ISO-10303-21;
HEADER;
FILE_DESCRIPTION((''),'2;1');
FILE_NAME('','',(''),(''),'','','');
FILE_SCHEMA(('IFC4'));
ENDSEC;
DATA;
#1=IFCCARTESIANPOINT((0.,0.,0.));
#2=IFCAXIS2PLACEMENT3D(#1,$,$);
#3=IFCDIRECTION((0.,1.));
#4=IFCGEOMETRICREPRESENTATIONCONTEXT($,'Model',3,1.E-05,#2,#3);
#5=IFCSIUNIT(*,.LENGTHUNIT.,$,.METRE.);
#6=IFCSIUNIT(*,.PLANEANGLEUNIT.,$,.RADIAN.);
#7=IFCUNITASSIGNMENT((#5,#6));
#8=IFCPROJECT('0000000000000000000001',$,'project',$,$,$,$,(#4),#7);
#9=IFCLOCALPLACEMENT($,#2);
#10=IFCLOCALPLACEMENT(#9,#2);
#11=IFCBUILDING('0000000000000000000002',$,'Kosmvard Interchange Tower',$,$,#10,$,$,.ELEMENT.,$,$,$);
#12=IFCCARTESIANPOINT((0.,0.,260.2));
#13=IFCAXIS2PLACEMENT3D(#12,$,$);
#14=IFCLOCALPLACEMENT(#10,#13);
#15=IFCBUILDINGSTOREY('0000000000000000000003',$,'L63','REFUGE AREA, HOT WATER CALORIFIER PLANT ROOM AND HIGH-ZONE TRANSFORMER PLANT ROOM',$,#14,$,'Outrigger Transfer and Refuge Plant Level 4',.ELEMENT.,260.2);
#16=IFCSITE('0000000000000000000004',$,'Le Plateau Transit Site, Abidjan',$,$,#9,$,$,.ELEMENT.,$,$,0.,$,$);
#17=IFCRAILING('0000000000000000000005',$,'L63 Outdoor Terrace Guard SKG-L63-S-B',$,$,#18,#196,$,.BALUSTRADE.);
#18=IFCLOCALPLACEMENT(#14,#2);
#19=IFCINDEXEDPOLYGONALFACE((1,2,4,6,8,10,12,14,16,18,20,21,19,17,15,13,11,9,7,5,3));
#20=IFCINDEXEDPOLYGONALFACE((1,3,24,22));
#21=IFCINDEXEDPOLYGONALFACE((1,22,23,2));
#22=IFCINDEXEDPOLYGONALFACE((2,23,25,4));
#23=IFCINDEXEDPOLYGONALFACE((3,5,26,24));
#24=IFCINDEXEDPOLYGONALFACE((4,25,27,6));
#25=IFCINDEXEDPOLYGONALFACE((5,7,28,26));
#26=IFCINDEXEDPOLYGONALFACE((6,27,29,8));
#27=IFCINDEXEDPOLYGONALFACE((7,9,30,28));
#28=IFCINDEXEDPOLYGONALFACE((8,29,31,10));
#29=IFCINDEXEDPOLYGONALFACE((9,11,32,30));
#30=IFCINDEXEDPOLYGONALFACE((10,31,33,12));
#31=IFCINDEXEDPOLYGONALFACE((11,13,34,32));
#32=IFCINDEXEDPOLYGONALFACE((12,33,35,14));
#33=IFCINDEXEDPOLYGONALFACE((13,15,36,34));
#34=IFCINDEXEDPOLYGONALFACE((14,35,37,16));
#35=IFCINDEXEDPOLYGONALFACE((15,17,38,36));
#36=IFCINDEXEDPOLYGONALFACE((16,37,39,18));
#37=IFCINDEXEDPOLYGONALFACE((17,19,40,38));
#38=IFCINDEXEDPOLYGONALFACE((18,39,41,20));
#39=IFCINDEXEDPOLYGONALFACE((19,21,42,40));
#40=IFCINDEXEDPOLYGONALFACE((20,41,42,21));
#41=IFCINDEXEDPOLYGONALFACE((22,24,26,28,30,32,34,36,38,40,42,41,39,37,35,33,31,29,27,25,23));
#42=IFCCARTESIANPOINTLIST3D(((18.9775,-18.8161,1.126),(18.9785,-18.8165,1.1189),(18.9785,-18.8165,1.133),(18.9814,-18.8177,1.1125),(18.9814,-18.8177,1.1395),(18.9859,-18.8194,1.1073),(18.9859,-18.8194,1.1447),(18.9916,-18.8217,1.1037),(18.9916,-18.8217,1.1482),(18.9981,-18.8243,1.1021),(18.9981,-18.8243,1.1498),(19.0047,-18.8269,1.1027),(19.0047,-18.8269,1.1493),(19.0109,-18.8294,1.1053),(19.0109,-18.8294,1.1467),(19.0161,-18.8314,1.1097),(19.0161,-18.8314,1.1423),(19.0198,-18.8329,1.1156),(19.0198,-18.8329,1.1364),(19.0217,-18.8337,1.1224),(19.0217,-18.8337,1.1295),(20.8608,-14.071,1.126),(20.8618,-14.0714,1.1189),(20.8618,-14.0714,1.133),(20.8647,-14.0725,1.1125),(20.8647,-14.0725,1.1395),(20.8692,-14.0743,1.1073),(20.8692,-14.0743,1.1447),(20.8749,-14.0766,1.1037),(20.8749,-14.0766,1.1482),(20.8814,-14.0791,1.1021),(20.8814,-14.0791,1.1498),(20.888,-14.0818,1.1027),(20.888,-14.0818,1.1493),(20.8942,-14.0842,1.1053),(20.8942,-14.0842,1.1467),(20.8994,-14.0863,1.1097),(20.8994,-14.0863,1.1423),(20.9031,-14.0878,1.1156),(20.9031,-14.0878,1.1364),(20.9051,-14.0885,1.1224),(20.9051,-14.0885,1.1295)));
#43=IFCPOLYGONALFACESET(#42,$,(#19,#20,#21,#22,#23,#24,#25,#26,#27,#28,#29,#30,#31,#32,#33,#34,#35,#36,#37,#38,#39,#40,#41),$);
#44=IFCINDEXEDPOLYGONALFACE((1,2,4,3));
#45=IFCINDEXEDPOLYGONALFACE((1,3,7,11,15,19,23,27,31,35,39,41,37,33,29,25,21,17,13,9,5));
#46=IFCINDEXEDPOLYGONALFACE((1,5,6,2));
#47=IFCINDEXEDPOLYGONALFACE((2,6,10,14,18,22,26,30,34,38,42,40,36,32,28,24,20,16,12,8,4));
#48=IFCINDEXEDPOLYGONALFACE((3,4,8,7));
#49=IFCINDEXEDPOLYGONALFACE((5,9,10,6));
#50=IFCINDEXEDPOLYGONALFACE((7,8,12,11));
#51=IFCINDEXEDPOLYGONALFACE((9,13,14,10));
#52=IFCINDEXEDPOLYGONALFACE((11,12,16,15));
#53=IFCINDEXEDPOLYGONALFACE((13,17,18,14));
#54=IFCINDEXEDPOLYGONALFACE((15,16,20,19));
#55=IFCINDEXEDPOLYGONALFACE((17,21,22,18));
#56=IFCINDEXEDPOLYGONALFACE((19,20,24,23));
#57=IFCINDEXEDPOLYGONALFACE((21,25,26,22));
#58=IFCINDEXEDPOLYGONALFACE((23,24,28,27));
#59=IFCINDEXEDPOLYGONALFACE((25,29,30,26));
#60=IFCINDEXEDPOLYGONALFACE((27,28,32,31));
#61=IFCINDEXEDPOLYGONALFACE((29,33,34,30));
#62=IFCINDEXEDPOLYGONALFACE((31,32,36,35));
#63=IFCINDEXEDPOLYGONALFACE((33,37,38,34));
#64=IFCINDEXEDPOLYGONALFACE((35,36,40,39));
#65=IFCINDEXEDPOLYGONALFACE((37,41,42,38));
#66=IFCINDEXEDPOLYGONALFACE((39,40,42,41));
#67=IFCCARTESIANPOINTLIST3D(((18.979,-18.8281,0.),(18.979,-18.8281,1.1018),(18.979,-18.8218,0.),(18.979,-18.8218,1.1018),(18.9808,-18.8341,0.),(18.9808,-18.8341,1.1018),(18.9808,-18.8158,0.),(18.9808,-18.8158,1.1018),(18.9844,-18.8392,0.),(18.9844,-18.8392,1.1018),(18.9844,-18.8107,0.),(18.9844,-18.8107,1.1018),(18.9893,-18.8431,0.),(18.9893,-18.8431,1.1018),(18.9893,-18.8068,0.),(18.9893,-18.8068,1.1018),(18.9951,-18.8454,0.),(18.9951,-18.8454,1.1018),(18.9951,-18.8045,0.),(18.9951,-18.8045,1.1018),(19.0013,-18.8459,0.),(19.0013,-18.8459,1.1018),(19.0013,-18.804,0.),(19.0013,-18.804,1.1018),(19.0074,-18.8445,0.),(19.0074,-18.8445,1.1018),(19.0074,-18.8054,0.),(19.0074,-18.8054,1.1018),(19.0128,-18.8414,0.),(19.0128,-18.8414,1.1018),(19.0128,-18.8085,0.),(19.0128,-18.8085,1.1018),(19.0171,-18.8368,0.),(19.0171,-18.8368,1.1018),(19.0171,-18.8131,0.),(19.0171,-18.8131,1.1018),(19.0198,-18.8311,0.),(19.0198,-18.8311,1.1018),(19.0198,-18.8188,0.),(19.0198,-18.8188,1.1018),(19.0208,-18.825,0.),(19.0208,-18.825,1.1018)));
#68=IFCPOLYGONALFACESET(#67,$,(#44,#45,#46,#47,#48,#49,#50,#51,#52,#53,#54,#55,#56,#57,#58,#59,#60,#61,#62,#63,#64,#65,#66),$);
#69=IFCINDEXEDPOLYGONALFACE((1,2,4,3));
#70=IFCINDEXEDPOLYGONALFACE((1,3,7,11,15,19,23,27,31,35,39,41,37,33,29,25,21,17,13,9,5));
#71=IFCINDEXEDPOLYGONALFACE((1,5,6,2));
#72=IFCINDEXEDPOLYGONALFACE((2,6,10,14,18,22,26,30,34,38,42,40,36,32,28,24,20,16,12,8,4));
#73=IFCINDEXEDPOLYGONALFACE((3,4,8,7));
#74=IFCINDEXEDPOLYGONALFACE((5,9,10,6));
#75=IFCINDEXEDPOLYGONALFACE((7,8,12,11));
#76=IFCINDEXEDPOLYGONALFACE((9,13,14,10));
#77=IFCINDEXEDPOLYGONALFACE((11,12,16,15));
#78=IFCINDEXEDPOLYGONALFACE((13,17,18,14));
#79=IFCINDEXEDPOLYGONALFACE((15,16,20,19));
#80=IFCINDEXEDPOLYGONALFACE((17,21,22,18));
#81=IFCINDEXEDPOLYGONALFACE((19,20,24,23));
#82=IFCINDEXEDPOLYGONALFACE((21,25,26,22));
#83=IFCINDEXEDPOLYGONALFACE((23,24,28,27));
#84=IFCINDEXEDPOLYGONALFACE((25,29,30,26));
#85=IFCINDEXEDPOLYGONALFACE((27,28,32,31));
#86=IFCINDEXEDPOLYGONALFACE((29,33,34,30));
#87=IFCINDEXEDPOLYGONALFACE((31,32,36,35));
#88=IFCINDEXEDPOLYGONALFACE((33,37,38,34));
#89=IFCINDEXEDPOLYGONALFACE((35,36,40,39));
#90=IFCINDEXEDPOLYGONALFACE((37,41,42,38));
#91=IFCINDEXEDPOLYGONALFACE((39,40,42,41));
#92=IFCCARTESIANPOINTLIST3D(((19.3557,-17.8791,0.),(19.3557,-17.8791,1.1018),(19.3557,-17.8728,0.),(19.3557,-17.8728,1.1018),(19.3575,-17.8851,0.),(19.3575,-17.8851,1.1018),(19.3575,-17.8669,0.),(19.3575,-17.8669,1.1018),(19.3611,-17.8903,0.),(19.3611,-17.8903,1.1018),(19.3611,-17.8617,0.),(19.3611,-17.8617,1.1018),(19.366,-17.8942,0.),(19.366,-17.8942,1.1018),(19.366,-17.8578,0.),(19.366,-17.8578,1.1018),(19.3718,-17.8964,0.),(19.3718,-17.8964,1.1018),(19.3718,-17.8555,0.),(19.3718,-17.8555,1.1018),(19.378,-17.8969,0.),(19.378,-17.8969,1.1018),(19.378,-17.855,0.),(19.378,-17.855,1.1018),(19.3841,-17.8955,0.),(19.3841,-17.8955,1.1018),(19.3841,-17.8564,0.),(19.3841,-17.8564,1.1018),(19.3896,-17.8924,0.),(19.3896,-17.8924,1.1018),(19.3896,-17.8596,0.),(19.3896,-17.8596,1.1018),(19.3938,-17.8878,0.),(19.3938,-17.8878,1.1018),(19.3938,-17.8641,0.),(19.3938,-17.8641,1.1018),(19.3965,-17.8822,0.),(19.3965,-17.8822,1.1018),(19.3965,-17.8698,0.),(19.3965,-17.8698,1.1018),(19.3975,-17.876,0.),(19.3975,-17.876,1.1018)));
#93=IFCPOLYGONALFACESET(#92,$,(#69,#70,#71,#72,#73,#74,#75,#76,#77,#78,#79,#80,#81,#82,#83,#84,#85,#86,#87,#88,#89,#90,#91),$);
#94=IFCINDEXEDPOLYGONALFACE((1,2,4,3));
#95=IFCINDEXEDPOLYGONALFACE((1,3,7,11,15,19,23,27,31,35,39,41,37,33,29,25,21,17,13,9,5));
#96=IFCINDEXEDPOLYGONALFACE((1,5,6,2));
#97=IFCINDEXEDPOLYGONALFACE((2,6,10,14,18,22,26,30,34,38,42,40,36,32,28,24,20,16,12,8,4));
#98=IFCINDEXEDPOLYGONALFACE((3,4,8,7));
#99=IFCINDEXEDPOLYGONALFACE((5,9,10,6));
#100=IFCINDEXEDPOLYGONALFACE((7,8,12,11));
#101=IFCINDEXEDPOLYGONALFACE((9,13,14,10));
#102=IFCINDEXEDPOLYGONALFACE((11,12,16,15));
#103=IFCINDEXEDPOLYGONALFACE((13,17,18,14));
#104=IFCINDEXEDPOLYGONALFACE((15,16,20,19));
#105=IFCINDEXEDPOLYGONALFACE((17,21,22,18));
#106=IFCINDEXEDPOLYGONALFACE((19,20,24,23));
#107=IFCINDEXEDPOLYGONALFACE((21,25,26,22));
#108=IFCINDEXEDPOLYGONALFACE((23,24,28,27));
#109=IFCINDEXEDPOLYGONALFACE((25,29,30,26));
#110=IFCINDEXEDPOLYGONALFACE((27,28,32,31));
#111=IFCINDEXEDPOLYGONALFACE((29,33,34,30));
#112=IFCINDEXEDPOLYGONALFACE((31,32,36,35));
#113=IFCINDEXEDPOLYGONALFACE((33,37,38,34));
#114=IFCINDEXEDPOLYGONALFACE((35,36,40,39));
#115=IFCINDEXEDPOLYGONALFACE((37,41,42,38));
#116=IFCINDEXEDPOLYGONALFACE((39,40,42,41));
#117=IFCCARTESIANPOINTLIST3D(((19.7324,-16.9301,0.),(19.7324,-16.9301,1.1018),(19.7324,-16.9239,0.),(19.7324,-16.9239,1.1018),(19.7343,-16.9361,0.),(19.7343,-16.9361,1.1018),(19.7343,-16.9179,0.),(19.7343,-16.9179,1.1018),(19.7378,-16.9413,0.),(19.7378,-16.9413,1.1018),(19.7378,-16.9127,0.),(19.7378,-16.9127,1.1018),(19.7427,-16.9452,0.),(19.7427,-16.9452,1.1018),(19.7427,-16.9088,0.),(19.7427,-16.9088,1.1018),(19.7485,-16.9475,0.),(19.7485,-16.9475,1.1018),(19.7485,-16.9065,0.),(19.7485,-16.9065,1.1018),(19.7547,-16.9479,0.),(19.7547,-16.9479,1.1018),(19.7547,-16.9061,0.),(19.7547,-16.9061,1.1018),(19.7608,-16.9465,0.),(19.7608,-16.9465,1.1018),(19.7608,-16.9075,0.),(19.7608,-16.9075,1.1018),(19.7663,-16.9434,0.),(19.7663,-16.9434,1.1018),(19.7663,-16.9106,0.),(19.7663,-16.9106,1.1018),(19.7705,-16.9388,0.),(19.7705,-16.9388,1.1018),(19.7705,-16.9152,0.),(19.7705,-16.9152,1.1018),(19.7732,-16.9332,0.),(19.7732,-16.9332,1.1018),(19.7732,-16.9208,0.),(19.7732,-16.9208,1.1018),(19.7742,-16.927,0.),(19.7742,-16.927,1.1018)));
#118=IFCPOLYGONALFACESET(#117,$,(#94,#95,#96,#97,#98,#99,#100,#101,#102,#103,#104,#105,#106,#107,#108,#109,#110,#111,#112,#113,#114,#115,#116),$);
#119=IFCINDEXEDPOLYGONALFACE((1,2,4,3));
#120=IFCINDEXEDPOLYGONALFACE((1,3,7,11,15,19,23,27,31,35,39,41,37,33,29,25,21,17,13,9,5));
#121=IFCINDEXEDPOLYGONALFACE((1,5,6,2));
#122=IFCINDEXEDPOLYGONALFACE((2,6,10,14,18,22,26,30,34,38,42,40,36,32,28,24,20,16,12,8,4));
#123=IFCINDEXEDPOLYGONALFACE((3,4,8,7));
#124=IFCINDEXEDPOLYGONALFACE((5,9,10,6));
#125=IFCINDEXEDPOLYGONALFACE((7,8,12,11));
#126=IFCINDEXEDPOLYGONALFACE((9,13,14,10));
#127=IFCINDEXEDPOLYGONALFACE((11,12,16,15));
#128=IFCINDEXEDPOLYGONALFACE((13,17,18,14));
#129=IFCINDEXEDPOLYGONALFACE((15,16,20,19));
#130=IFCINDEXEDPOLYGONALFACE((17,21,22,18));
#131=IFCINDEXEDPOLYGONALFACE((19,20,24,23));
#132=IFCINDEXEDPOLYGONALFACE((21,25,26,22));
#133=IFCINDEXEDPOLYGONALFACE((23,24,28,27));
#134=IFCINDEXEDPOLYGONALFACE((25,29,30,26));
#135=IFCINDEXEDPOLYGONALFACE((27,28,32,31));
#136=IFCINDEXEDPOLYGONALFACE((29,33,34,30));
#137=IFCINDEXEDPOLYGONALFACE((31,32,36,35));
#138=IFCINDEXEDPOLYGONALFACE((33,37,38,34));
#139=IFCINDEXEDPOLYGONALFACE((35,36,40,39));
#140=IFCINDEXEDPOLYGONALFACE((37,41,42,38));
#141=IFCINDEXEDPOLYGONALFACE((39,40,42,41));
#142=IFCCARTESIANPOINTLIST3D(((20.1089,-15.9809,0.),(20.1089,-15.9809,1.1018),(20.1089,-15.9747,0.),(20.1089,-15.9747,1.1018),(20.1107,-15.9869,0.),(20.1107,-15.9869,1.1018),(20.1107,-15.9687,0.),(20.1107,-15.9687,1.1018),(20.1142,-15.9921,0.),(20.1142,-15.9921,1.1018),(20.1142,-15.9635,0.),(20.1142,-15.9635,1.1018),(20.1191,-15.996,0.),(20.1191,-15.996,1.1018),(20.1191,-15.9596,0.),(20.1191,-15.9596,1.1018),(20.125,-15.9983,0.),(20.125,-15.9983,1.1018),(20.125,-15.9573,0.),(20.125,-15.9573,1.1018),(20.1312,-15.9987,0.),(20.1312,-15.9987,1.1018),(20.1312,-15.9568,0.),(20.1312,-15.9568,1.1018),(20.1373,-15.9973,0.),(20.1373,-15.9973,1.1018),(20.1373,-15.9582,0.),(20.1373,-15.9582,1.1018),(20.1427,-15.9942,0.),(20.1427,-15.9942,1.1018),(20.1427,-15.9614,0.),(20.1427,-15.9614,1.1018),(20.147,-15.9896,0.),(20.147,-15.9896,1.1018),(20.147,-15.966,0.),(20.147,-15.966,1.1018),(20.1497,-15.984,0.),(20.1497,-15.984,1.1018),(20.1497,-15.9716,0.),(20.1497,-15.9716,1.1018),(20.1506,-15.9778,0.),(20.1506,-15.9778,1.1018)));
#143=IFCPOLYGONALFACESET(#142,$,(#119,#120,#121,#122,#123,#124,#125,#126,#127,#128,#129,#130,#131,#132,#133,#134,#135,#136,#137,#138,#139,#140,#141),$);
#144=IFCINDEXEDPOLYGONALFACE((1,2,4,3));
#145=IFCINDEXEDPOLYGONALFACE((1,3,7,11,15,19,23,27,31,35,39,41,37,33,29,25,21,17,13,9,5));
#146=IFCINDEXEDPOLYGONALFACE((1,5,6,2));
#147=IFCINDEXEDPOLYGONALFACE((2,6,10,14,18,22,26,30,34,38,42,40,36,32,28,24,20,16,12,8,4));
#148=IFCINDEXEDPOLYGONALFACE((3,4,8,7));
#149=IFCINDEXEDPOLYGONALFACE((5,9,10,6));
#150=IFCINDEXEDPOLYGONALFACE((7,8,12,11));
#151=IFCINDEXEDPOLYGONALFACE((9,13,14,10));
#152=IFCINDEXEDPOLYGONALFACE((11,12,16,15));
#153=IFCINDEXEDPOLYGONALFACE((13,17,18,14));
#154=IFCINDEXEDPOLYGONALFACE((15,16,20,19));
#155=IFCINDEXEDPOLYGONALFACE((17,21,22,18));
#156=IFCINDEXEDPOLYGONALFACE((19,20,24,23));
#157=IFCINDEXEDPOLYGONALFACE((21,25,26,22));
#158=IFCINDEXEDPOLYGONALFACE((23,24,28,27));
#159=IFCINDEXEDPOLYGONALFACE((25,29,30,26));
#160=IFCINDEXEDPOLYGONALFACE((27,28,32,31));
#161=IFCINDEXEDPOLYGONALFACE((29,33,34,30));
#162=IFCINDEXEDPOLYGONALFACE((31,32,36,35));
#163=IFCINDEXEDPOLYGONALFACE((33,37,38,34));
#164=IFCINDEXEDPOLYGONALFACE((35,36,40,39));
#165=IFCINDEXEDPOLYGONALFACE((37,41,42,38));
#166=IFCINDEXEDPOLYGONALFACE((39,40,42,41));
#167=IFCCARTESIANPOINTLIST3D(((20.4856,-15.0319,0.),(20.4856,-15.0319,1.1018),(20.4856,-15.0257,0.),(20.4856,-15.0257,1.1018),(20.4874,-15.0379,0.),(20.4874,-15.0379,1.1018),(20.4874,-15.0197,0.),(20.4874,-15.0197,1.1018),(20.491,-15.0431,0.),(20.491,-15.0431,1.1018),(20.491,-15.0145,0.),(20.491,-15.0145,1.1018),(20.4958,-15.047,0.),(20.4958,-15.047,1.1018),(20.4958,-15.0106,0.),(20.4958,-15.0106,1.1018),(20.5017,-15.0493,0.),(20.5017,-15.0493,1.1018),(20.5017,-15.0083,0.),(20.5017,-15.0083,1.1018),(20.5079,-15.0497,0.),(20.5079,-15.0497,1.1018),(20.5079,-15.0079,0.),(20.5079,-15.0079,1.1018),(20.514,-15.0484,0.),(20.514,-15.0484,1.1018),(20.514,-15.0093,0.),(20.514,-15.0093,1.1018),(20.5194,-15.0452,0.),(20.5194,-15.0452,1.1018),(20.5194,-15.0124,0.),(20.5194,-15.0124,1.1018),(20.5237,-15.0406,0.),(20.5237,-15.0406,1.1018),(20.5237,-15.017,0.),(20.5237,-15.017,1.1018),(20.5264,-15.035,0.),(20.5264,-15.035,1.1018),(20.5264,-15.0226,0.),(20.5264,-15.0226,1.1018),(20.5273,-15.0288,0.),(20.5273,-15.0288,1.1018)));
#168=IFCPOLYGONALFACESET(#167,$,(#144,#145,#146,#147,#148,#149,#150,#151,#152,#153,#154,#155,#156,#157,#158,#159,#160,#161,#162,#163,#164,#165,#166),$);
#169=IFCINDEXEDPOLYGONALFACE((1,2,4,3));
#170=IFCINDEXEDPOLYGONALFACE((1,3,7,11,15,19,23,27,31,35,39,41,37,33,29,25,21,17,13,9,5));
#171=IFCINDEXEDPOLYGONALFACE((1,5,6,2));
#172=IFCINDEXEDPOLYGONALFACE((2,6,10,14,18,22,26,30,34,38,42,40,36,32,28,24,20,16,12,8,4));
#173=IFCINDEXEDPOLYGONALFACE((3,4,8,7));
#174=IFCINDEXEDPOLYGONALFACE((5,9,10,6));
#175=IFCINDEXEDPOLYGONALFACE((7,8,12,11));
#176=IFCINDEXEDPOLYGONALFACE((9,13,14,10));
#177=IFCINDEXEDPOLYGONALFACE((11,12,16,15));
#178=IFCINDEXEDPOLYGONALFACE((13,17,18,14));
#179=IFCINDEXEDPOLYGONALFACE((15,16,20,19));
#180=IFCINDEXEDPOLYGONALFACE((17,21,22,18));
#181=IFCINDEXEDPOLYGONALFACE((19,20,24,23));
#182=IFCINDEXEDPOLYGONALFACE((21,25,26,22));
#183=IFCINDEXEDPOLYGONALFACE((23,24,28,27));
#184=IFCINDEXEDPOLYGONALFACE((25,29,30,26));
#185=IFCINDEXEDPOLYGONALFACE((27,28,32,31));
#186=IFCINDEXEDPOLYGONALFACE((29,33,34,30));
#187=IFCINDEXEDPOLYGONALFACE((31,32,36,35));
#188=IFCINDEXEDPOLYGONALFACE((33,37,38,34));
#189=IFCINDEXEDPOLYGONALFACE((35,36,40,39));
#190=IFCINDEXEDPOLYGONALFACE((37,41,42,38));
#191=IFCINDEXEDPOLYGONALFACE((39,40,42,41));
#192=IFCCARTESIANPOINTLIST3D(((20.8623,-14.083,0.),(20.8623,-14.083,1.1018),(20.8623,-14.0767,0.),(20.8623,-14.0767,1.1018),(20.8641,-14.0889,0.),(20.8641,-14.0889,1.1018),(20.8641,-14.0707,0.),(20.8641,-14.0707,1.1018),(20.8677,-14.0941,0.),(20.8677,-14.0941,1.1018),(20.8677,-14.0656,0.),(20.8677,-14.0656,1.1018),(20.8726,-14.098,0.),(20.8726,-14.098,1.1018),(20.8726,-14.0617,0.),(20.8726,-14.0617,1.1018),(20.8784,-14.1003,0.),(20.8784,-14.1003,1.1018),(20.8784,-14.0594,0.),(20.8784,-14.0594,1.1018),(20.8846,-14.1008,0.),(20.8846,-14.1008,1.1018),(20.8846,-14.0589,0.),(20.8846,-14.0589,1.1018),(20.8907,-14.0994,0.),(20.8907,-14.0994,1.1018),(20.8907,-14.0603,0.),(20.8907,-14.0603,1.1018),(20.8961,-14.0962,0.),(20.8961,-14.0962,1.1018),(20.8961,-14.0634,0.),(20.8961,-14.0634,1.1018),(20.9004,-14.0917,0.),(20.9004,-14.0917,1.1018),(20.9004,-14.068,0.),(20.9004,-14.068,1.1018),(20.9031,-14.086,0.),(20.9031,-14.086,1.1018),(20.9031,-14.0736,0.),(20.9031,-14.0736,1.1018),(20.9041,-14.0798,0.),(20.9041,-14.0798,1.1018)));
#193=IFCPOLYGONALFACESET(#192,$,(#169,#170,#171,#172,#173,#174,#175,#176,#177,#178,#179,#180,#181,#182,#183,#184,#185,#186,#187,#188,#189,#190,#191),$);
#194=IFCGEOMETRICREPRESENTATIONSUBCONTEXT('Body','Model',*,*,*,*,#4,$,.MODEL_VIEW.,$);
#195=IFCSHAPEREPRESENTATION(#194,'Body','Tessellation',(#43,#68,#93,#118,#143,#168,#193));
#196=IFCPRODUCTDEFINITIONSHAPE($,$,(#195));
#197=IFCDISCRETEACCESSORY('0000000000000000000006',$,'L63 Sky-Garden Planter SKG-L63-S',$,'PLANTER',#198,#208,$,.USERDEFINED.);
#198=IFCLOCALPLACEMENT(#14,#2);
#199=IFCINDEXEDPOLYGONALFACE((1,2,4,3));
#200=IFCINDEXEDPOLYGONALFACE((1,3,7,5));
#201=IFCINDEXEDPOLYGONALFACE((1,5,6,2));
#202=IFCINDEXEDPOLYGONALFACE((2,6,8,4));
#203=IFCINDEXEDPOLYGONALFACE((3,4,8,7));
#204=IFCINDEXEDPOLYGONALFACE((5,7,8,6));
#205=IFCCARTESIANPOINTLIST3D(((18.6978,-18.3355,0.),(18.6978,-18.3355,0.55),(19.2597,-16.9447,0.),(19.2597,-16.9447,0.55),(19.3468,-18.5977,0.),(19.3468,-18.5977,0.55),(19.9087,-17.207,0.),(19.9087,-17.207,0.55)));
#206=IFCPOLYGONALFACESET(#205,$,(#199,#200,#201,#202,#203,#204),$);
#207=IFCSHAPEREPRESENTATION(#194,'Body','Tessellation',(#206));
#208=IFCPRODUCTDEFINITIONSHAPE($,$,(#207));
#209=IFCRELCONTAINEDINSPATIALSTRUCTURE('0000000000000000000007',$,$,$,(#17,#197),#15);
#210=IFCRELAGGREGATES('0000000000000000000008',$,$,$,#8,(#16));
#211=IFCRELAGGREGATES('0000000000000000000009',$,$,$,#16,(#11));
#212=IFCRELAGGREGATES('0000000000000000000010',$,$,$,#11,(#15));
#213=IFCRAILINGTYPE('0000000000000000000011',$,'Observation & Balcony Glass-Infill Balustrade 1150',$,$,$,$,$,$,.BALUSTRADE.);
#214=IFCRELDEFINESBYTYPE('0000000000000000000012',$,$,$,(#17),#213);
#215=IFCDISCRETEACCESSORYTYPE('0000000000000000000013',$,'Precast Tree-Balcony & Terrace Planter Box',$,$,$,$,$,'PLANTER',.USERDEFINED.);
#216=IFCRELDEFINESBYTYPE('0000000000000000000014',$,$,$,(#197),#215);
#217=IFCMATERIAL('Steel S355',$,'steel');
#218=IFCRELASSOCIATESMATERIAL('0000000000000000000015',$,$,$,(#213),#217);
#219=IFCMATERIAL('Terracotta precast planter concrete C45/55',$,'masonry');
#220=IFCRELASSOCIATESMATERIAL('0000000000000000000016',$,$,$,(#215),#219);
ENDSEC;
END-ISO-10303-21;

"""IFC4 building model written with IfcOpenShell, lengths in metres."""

from ifc_helpers import new_model, si_unit, direction, frame, origin, origin_2d, place, context, subcontext, project, spatial, rectangle, circle, extrude, source, transform, mapped, material, type_object, element, save


model = new_model("IFC4")

# Units and contexts
model_context = context("Model", 3, precision=1e-05, world=origin(), true_north=direction((0.0, 1.0)))
body_context = subcontext(model_context, "Body", "Model", "MODEL_VIEW")
ifc_project = project(units=[si_unit("LENGTHUNIT", "METRE"), si_unit("PLANEANGLEUNIT", "RADIAN")], contexts=[model_context])

# Site, building, storey
site_placement = place(None, origin())
site = spatial("IfcSite", under=ifc_project, at=site_placement, Name="Le Plateau Transit Site, Abidjan", CompositionType="ELEMENT", RefElevation=0.0)
building_placement = place(site_placement, origin())
building = spatial("IfcBuilding", under=site, at=building_placement, Name="Kosmvard Interchange Tower", CompositionType="ELEMENT")
storey_placement = place(building_placement, frame((0.0, 0.0, 260.2)))
storey = spatial("IfcBuildingStorey", under=building, at=storey_placement, Name="L63", Description="REFUGE AREA, HOT WATER CALORIFIER PLANT ROOM AND HIGH-ZONE TRANSFORMER PLANT ROOM", LongName="Outrigger Transfer and Refuge Plant Level 4", CompositionType="ELEMENT", Elevation=260.2)

# Shared definitions
ifc_material_1 = material(Name="Steel S355", Category="steel")

# Railing
railing_type = type_object("IfcRailingType", Name="Observation & Balcony Glass-Infill Balustrade 1150", PredefinedType="BALUSTRADE", material=ifc_material_1)
shared_shape_1 = source(origin(), body_context, "Body", "SweptSolid", [
    extrude(circle(Radius=0.0239, at=origin_2d()), frame((0.0, 0.0, 1.126), z_axis=(0.368899, 0.929469, 0.0), x_axis=(-0.929469, 0.368899, 0.0)), (0.0, 0.0, 1.0), 5.1052),
    extrude(circle(Radius=0.021, at=origin_2d()), origin(), (0.0, 0.0, 1.0), 1.1018),
    extrude(circle(Radius=0.021, at=origin_2d()), frame((0.3767, 0.949, 0.0)), (0.0, 0.0, 1.0), 1.1018),
    extrude(circle(Radius=0.021, at=origin_2d()), frame((0.7534, 1.8979, 0.0)), (0.0, 0.0, 1.0), 1.1018),
    extrude(circle(Radius=0.021, at=origin_2d()), frame((1.1299, 2.8472, 0.0)), (0.0, 0.0, 1.0), 1.1018),
    extrude(circle(Radius=0.021, at=origin_2d()), frame((1.5066, 3.7961, 0.0)), (0.0, 0.0, 1.0), 1.1018),
    extrude(circle(Radius=0.021, at=origin_2d()), frame((1.8833, 4.7451, 0.0)), (0.0, 0.0, 1.0), 1.1018),
])
railing_1_placement = place(storey_placement, frame((18.9998, -18.825, 0.0)))
element("IfcRailing", 1, at=railing_1_placement, inside=storey, type_object=railing_type, Name="L63 Outdoor Terrace Guard SKG-L63-S-B", PredefinedType="BALUSTRADE", context=body_context, shape_type="MappedRepresentation", body=[
    mapped(shared_shape_1, transform((0.0, 0.0, 0.0), scale=1.0)),
])

# Discrete accessory
ifc_material_2 = material(Name="Terracotta precast planter concrete C45/55", Category="masonry")
discrete_accessory_type = type_object("IfcDiscreteAccessoryType", Name="Precast Tree-Balcony & Terrace Planter Box", ElementType="PLANTER", PredefinedType="USERDEFINED", material=ifc_material_2)
shared_shape_2 = source(origin(), body_context, "Body", "SweptSolid", [
    extrude(rectangle(XDim=1.5, YDim=0.7, at=origin_2d()), origin(), (0.0, 0.0, 1.0), 0.55),
])
discrete_accessory_placement = place(storey_placement, frame((19.3032, -17.7712, 0.0), z_axis=(0.0, 0.0, 1.0), x_axis=(0.374607, 0.927184, 0.0)))
element("IfcDiscreteAccessory", 2, at=discrete_accessory_placement, inside=storey, type_object=discrete_accessory_type, Name="L63 Sky-Garden Planter SKG-L63-S", ObjectType="PLANTER", PredefinedType="USERDEFINED", context=body_context, shape_type="MappedRepresentation", body=[
    mapped(shared_shape_2, transform((0.0, 0.0, 0.0), scale=1.0)),
])

save(model, "model.ifc")
